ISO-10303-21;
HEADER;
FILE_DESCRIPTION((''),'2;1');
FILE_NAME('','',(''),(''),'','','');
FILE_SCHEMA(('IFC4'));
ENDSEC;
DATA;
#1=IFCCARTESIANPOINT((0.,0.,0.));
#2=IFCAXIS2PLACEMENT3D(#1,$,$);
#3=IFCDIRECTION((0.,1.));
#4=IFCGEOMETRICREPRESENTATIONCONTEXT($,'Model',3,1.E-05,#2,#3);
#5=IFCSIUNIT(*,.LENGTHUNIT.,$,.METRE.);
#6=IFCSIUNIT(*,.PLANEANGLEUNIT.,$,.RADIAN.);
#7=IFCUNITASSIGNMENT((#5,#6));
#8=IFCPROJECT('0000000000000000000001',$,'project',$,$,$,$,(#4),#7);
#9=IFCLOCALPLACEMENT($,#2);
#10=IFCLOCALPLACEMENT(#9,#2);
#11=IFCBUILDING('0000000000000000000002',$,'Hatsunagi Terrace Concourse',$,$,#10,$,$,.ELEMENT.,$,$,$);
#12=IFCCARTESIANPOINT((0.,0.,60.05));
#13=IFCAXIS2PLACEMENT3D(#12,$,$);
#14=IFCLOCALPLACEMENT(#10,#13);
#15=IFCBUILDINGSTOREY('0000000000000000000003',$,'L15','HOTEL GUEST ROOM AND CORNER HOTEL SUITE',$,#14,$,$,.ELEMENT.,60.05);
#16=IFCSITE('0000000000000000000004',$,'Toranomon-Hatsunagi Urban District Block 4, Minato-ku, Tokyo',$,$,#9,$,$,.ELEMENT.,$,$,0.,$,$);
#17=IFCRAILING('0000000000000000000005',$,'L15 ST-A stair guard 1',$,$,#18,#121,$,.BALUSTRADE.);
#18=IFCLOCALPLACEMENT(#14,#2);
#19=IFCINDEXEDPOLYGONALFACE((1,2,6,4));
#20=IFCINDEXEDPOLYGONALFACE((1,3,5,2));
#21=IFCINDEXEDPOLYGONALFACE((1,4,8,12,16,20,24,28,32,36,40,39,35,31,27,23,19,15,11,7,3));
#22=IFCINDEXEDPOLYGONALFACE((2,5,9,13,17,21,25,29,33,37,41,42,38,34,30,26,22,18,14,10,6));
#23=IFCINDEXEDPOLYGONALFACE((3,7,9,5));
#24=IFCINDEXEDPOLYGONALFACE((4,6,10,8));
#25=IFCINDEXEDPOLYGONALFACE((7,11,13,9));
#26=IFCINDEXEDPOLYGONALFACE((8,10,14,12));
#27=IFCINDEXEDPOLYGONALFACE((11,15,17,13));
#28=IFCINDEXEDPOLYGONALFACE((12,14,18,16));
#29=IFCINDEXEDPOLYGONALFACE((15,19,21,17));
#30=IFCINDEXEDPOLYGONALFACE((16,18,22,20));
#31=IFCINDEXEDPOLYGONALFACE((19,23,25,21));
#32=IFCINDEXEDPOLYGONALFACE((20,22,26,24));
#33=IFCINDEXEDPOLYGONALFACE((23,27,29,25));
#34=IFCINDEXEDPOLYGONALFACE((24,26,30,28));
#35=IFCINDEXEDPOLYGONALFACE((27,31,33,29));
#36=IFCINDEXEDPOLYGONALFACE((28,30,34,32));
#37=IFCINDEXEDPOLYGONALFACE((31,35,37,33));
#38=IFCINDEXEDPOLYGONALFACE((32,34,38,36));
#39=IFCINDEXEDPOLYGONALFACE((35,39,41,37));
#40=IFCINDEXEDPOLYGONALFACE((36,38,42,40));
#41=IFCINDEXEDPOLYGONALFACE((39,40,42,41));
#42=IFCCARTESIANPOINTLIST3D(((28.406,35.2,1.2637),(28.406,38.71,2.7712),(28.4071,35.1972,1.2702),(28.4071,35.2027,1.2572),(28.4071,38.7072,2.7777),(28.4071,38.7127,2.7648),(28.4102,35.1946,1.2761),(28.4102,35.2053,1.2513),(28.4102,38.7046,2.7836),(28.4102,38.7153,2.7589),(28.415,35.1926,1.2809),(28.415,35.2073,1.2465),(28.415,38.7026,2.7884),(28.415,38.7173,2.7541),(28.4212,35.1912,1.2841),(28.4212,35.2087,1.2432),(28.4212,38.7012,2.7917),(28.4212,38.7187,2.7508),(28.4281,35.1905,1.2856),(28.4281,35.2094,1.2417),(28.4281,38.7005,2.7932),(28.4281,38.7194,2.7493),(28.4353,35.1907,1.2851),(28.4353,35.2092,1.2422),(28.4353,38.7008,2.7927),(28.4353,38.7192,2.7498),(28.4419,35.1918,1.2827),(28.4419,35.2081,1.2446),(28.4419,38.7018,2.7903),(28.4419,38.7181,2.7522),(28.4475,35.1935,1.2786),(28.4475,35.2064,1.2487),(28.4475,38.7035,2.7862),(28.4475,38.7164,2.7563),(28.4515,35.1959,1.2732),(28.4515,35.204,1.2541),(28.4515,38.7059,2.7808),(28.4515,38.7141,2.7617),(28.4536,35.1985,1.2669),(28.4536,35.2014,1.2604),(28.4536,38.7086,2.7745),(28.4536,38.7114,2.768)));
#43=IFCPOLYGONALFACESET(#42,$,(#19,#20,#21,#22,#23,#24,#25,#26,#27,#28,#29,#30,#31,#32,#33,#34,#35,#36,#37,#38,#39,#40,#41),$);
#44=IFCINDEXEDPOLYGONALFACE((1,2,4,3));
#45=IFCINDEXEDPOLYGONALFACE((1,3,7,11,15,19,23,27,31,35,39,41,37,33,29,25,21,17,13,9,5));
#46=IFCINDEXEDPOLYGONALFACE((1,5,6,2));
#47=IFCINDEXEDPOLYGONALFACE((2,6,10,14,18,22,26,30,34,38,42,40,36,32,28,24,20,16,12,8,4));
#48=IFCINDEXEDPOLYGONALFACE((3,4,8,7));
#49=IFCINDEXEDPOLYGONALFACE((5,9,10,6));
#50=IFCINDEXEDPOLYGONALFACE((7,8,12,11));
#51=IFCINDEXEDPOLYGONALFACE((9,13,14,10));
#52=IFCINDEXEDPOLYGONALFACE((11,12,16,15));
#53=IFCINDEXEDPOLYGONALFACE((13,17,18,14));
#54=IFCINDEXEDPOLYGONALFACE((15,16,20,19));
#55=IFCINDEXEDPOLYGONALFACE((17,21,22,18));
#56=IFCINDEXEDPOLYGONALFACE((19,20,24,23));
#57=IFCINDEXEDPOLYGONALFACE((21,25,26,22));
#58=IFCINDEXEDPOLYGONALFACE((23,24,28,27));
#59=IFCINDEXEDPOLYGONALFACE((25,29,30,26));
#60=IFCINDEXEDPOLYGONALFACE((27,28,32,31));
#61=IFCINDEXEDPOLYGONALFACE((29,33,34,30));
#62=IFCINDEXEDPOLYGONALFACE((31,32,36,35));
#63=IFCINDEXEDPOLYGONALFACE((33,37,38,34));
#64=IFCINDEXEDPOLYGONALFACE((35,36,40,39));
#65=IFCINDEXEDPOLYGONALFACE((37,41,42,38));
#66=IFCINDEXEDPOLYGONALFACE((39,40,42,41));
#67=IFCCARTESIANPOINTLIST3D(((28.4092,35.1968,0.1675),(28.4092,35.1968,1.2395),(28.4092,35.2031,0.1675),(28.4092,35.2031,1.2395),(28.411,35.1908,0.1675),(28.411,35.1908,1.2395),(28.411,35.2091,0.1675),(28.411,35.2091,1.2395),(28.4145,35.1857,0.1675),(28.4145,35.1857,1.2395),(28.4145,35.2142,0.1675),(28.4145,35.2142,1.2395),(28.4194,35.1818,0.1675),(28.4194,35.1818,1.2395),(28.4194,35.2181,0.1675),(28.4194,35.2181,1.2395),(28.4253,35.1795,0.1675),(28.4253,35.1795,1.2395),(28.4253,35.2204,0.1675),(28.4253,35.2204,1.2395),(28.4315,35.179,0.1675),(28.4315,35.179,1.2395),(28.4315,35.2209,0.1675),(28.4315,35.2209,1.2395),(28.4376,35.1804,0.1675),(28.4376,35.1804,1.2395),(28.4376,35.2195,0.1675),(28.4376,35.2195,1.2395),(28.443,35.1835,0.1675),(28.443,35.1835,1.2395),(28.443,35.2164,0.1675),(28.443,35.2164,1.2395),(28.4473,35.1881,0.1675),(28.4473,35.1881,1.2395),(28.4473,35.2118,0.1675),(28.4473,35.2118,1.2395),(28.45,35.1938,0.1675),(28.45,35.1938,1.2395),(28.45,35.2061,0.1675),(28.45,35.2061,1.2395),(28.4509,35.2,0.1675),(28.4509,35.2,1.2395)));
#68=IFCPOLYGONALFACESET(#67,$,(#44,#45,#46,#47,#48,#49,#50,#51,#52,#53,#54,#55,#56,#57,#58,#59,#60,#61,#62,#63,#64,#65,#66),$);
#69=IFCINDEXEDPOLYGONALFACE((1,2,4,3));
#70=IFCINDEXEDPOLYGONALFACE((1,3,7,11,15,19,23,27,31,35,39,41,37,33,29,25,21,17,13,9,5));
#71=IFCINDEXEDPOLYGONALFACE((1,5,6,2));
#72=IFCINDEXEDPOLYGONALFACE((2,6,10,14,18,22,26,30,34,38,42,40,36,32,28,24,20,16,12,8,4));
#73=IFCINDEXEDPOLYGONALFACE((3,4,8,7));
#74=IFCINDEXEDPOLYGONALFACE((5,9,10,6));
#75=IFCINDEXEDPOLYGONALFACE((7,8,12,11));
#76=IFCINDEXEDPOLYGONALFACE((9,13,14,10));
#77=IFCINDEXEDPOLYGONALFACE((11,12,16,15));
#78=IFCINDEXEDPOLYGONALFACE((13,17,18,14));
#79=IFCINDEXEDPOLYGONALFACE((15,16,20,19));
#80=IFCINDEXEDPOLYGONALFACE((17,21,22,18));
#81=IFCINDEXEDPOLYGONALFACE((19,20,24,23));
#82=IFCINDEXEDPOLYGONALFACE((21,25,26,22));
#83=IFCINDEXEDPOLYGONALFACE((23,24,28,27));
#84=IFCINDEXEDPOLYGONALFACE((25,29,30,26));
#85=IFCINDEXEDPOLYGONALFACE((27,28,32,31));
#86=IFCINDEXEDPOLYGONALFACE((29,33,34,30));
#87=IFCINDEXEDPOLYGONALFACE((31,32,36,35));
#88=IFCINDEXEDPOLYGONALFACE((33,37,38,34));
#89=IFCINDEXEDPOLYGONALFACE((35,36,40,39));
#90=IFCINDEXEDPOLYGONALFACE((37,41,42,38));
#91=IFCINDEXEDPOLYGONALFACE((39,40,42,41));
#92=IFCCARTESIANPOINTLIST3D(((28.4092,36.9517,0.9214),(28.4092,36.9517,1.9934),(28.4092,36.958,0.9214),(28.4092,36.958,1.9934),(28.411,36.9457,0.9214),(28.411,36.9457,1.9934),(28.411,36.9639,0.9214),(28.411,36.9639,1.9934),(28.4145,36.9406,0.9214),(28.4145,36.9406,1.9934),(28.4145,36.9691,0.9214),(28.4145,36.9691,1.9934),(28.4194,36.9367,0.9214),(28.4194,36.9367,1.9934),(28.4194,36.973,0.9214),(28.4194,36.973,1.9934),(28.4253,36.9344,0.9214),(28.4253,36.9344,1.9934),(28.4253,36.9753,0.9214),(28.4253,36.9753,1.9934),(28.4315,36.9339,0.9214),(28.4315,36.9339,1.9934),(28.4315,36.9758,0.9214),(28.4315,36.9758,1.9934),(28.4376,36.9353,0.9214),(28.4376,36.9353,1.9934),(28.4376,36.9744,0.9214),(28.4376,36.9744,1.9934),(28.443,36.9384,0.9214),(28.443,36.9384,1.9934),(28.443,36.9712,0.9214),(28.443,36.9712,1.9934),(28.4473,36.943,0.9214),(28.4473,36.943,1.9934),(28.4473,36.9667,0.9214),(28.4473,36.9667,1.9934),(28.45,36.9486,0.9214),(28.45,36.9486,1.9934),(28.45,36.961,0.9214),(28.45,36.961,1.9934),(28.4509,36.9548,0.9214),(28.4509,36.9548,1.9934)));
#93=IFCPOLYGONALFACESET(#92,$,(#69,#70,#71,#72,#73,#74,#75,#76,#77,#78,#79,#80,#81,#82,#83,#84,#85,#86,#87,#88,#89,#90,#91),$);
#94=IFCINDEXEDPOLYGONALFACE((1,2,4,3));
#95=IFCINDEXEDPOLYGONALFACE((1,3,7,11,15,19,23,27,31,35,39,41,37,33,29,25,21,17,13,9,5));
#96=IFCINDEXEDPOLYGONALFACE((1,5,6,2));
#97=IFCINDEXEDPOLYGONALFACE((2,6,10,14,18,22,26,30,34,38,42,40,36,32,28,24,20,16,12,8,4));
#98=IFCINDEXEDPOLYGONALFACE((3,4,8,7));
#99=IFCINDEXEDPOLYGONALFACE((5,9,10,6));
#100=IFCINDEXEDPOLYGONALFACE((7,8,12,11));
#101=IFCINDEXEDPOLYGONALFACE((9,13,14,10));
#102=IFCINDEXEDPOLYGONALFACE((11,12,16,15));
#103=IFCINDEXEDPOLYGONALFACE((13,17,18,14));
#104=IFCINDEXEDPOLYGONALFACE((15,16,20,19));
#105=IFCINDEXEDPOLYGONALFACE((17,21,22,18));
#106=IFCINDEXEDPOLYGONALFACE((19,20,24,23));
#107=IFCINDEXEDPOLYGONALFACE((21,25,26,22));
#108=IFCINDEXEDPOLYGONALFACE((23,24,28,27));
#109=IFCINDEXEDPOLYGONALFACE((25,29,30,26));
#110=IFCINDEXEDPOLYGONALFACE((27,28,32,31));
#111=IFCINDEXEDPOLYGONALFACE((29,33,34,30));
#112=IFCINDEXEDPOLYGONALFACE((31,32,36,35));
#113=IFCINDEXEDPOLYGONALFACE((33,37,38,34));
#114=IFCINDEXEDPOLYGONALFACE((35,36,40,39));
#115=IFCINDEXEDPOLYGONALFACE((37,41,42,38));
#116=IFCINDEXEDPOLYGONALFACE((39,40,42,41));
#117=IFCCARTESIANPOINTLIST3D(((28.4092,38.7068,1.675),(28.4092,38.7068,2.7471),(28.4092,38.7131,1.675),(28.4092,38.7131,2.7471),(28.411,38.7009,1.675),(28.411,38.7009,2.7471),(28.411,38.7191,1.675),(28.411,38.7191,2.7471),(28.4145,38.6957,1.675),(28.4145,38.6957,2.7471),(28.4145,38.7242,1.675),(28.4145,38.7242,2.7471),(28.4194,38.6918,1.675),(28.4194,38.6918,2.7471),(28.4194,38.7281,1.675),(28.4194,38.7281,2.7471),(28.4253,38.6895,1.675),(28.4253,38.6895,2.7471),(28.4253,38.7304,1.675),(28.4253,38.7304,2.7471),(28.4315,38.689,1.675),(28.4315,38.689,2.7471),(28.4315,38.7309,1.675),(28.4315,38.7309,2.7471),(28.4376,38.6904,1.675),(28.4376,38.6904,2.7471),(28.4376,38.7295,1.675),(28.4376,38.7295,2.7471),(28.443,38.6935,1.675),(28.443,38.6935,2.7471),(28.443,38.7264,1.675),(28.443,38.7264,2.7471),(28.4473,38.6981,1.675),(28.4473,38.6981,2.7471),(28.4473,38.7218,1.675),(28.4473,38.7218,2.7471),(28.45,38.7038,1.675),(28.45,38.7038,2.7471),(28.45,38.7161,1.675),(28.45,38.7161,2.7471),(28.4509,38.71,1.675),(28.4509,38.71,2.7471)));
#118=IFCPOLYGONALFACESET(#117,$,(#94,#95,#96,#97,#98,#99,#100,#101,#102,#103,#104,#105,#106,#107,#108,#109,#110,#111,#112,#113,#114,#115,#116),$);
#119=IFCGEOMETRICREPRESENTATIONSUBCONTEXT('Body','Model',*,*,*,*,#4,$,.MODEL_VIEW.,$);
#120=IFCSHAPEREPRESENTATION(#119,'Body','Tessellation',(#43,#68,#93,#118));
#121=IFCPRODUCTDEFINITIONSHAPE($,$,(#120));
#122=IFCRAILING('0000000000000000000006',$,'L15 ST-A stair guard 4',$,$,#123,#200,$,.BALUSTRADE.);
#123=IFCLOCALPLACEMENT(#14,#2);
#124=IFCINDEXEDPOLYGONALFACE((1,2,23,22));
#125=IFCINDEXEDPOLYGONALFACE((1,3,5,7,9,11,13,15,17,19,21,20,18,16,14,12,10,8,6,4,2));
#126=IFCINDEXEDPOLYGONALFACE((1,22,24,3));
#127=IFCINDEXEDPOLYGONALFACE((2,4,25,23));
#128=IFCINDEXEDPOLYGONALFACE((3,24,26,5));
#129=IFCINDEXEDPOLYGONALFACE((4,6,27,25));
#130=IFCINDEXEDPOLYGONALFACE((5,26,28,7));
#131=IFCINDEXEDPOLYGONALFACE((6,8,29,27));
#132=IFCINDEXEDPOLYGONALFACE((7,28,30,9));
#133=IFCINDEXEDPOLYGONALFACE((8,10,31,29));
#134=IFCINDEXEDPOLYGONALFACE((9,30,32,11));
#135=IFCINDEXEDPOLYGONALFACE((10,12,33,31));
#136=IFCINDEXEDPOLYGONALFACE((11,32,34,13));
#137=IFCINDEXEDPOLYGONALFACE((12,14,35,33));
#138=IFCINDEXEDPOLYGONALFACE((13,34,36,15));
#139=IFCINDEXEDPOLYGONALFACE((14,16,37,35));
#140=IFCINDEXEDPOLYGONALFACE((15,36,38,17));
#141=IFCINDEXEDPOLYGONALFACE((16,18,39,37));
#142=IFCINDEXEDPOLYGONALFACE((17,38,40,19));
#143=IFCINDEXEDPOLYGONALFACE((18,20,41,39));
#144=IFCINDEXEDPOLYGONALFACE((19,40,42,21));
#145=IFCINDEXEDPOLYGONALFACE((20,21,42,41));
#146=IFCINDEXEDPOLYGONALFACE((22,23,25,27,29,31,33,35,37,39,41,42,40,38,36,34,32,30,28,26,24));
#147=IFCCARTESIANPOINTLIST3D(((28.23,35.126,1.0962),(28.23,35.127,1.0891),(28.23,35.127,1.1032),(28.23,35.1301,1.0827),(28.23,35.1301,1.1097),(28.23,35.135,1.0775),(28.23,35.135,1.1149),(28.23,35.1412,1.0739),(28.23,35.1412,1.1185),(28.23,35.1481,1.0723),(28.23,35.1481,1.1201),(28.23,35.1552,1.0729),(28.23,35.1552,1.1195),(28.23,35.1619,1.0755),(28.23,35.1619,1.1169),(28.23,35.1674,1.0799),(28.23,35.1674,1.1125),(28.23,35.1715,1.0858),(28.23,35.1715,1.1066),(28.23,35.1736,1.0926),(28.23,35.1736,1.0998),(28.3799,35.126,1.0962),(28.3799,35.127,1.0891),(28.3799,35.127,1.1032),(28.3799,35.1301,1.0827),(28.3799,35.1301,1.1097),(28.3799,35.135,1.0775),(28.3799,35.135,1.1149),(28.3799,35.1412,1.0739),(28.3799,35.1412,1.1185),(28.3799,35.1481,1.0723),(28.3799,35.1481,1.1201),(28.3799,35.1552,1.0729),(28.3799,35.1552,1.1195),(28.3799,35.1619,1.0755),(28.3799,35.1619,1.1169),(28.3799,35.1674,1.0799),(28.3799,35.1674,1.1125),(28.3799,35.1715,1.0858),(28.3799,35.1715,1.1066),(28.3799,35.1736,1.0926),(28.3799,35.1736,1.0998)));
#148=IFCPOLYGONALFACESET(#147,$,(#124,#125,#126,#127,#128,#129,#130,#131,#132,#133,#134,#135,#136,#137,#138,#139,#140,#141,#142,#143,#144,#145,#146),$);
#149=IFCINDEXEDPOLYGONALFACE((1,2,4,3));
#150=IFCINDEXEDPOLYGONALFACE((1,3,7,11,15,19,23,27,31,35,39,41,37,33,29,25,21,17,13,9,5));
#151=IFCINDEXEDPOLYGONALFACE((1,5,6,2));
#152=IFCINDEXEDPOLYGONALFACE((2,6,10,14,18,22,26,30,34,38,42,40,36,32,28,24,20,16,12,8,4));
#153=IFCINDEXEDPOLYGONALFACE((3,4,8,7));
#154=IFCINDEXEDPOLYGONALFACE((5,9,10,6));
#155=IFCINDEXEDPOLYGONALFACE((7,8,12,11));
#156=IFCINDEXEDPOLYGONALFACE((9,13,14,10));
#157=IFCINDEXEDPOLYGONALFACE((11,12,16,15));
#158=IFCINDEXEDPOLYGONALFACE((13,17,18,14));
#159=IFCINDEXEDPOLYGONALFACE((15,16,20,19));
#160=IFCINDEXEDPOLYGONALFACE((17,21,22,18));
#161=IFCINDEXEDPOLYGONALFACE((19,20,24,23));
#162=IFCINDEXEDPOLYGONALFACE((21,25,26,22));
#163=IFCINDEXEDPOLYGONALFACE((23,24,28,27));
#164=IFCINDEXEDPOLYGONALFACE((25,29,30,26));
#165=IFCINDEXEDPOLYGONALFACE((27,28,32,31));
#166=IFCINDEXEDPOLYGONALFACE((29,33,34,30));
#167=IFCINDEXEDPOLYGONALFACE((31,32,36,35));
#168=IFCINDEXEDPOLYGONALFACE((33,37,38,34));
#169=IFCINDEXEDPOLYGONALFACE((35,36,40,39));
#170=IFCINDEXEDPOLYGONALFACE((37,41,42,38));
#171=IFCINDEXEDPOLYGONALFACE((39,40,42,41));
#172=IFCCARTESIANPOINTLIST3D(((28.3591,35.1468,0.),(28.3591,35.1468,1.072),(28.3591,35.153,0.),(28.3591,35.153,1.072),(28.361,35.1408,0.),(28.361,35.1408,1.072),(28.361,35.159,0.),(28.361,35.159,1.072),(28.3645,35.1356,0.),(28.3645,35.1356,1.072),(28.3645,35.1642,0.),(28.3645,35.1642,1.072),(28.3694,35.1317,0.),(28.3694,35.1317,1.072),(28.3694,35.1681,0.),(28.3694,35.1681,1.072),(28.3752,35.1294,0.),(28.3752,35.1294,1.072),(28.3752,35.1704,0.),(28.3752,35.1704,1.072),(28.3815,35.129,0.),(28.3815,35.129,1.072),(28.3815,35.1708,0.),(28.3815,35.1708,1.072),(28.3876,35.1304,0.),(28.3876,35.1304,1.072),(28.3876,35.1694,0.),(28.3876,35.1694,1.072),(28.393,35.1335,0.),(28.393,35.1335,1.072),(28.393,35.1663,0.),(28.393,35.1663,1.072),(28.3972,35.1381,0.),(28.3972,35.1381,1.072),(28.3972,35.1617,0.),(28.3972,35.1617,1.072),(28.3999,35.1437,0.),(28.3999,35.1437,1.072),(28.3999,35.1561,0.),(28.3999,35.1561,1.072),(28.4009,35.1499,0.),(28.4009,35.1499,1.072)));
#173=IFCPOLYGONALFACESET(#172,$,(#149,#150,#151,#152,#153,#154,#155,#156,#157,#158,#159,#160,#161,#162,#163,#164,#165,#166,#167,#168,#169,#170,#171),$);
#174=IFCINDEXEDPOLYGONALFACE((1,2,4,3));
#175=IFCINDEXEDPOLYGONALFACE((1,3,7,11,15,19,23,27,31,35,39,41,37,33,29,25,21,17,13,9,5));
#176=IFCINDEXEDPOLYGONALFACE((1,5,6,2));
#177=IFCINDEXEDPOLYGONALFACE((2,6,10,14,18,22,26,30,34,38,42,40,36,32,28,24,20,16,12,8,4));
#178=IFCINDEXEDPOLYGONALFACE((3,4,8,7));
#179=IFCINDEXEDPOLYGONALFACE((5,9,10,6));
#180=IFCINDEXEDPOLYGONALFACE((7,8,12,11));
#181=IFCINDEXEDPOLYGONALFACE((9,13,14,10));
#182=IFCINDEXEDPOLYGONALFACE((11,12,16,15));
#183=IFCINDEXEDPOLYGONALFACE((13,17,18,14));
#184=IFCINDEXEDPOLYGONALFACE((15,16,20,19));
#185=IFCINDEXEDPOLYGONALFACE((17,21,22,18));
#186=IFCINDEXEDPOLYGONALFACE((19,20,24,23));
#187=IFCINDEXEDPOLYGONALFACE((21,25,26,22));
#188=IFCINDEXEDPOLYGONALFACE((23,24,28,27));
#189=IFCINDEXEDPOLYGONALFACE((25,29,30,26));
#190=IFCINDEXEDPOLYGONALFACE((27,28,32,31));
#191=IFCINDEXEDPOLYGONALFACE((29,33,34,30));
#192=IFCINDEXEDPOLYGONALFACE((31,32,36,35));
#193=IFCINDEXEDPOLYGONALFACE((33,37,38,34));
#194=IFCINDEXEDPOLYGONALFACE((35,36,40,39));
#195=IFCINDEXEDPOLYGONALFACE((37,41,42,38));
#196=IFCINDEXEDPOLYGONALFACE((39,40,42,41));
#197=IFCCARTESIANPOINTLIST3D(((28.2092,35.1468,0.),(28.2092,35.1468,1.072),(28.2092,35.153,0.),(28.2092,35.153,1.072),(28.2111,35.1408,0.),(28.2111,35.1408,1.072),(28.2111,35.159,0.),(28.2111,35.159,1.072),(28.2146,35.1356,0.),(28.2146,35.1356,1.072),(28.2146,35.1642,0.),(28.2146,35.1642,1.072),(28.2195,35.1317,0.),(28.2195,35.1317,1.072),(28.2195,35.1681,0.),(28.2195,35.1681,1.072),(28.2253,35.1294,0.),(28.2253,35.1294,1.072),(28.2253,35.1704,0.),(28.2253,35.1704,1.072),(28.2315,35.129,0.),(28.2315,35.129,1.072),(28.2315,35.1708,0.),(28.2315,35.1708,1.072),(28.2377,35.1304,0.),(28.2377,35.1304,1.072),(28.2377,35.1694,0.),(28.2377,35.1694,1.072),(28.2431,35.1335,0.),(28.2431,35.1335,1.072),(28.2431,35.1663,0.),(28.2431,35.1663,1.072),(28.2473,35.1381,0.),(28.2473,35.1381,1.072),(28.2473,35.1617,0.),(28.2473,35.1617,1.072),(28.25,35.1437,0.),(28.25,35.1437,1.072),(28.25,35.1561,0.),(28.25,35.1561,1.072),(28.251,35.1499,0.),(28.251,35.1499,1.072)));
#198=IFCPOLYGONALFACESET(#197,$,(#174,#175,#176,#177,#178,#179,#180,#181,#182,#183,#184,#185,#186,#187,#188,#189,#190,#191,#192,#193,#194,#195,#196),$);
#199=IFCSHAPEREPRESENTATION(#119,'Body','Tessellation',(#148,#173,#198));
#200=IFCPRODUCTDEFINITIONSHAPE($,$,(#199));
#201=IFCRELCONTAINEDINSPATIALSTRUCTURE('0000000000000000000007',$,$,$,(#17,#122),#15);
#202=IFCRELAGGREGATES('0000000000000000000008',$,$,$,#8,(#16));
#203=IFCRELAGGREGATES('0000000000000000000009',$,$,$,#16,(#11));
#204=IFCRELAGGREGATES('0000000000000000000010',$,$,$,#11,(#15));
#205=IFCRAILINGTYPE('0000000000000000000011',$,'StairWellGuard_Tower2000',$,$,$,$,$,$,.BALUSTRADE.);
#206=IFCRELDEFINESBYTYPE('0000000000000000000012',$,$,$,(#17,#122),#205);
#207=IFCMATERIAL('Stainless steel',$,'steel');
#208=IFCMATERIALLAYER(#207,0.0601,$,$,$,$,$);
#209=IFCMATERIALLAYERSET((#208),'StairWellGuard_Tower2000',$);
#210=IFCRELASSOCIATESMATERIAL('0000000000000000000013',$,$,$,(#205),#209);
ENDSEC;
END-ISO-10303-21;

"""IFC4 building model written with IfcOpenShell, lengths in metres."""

from ifc_helpers import new_model, si_unit, direction, frame, origin, origin_2d, place, context, subcontext, project, spatial, circle, extrude, material, layer, layer_set, type_object, element, save


model = new_model("IFC4")

# Units and contexts
model_context = context("Model", 3, precision=1e-05, world=origin(), true_north=direction((0.0, 1.0)))
body_context = subcontext(model_context, "Body", "Model", "MODEL_VIEW")
ifc_project = project(units=[si_unit("LENGTHUNIT", "METRE"), si_unit("PLANEANGLEUNIT", "RADIAN")], contexts=[model_context])

# Site, building, storey
site_placement = place(None, origin())
site = spatial("IfcSite", under=ifc_project, at=site_placement, Name="Toranomon-Hatsunagi Urban District Block 4, Minato-ku, Tokyo", CompositionType="ELEMENT", RefElevation=0.0)
building_placement = place(site_placement, origin())
building = spatial("IfcBuilding", under=site, at=building_placement, Name="Hatsunagi Terrace Concourse", CompositionType="ELEMENT")
storey_placement = place(building_placement, frame((0.0, 0.0, 60.05)))
storey = spatial("IfcBuildingStorey", under=building, at=storey_placement, Name="L15", Description="HOTEL GUEST ROOM AND CORNER HOTEL SUITE", CompositionType="ELEMENT", Elevation=60.05)

# Railings
ifc_material_1 = material(Name="Stainless steel", Category="steel")
ifc_layer_1 = layer(ifc_material_1, 0.0601)
ifc_layer_set_1 = layer_set([ifc_layer_1], Name="StairWellGuard_Tower2000")
railing_type_1 = type_object("IfcRailingType", Name="StairWellGuard_Tower2000", PredefinedType="BALUSTRADE", material=ifc_layer_set_1)
railing_1_placement = place(storey_placement, frame((28.4299, 35.2, 0.1675)))
element("IfcRailing", 1, at=railing_1_placement, inside=storey, type_object=railing_type_1, Name="L15 ST-A stair guard 1", PredefinedType="BALUSTRADE", context=body_context, shape_type="SweptSolid", body=[
    extrude(circle(Radius=0.0239, at=origin_2d()), frame((0.0, 0.0, 1.0962), z_axis=(0.0, 0.918834, 0.394644), x_axis=(-1.0, 0.0, 0.0)), (0.0, 0.0, 1.0), 3.8201),
    extrude(circle(Radius=0.021, at=origin_2d()), origin(), (0.0, 0.0, 1.0), 1.072),
    extrude(circle(Radius=0.021, at=origin_2d()), frame((0.0, 1.7549, 0.7539)), (0.0, 0.0, 1.0), 1.072),
    extrude(circle(Radius=0.021, at=origin_2d()), frame((0.0, 3.51, 1.5076)), (0.0, 0.0, 1.0), 1.072),
])
railing_2_placement = place(storey_placement, frame((28.3799, 35.1499, 0.0)))
element("IfcRailing", 2, at=railing_2_placement, inside=storey, type_object=railing_type_1, Name="L15 ST-A stair guard 4", PredefinedType="BALUSTRADE", context=body_context, shape_type="SweptSolid", body=[
    extrude(circle(Radius=0.0239, at=origin_2d()), frame((0.0, 0.0, 1.0962), z_axis=(-1.0, 0.0, 0.0), x_axis=(0.0, -1.0, 0.0)), (0.0, 0.0, 1.0), 0.1499),
    extrude(circle(Radius=0.021, at=origin_2d()), origin(), (0.0, 0.0, 1.0), 1.072),
    extrude(circle(Radius=0.021, at=origin_2d()), frame((-0.1499, 0.0, 0.0)), (0.0, 0.0, 1.0), 1.072),
])

save(model, "model.ifc")
